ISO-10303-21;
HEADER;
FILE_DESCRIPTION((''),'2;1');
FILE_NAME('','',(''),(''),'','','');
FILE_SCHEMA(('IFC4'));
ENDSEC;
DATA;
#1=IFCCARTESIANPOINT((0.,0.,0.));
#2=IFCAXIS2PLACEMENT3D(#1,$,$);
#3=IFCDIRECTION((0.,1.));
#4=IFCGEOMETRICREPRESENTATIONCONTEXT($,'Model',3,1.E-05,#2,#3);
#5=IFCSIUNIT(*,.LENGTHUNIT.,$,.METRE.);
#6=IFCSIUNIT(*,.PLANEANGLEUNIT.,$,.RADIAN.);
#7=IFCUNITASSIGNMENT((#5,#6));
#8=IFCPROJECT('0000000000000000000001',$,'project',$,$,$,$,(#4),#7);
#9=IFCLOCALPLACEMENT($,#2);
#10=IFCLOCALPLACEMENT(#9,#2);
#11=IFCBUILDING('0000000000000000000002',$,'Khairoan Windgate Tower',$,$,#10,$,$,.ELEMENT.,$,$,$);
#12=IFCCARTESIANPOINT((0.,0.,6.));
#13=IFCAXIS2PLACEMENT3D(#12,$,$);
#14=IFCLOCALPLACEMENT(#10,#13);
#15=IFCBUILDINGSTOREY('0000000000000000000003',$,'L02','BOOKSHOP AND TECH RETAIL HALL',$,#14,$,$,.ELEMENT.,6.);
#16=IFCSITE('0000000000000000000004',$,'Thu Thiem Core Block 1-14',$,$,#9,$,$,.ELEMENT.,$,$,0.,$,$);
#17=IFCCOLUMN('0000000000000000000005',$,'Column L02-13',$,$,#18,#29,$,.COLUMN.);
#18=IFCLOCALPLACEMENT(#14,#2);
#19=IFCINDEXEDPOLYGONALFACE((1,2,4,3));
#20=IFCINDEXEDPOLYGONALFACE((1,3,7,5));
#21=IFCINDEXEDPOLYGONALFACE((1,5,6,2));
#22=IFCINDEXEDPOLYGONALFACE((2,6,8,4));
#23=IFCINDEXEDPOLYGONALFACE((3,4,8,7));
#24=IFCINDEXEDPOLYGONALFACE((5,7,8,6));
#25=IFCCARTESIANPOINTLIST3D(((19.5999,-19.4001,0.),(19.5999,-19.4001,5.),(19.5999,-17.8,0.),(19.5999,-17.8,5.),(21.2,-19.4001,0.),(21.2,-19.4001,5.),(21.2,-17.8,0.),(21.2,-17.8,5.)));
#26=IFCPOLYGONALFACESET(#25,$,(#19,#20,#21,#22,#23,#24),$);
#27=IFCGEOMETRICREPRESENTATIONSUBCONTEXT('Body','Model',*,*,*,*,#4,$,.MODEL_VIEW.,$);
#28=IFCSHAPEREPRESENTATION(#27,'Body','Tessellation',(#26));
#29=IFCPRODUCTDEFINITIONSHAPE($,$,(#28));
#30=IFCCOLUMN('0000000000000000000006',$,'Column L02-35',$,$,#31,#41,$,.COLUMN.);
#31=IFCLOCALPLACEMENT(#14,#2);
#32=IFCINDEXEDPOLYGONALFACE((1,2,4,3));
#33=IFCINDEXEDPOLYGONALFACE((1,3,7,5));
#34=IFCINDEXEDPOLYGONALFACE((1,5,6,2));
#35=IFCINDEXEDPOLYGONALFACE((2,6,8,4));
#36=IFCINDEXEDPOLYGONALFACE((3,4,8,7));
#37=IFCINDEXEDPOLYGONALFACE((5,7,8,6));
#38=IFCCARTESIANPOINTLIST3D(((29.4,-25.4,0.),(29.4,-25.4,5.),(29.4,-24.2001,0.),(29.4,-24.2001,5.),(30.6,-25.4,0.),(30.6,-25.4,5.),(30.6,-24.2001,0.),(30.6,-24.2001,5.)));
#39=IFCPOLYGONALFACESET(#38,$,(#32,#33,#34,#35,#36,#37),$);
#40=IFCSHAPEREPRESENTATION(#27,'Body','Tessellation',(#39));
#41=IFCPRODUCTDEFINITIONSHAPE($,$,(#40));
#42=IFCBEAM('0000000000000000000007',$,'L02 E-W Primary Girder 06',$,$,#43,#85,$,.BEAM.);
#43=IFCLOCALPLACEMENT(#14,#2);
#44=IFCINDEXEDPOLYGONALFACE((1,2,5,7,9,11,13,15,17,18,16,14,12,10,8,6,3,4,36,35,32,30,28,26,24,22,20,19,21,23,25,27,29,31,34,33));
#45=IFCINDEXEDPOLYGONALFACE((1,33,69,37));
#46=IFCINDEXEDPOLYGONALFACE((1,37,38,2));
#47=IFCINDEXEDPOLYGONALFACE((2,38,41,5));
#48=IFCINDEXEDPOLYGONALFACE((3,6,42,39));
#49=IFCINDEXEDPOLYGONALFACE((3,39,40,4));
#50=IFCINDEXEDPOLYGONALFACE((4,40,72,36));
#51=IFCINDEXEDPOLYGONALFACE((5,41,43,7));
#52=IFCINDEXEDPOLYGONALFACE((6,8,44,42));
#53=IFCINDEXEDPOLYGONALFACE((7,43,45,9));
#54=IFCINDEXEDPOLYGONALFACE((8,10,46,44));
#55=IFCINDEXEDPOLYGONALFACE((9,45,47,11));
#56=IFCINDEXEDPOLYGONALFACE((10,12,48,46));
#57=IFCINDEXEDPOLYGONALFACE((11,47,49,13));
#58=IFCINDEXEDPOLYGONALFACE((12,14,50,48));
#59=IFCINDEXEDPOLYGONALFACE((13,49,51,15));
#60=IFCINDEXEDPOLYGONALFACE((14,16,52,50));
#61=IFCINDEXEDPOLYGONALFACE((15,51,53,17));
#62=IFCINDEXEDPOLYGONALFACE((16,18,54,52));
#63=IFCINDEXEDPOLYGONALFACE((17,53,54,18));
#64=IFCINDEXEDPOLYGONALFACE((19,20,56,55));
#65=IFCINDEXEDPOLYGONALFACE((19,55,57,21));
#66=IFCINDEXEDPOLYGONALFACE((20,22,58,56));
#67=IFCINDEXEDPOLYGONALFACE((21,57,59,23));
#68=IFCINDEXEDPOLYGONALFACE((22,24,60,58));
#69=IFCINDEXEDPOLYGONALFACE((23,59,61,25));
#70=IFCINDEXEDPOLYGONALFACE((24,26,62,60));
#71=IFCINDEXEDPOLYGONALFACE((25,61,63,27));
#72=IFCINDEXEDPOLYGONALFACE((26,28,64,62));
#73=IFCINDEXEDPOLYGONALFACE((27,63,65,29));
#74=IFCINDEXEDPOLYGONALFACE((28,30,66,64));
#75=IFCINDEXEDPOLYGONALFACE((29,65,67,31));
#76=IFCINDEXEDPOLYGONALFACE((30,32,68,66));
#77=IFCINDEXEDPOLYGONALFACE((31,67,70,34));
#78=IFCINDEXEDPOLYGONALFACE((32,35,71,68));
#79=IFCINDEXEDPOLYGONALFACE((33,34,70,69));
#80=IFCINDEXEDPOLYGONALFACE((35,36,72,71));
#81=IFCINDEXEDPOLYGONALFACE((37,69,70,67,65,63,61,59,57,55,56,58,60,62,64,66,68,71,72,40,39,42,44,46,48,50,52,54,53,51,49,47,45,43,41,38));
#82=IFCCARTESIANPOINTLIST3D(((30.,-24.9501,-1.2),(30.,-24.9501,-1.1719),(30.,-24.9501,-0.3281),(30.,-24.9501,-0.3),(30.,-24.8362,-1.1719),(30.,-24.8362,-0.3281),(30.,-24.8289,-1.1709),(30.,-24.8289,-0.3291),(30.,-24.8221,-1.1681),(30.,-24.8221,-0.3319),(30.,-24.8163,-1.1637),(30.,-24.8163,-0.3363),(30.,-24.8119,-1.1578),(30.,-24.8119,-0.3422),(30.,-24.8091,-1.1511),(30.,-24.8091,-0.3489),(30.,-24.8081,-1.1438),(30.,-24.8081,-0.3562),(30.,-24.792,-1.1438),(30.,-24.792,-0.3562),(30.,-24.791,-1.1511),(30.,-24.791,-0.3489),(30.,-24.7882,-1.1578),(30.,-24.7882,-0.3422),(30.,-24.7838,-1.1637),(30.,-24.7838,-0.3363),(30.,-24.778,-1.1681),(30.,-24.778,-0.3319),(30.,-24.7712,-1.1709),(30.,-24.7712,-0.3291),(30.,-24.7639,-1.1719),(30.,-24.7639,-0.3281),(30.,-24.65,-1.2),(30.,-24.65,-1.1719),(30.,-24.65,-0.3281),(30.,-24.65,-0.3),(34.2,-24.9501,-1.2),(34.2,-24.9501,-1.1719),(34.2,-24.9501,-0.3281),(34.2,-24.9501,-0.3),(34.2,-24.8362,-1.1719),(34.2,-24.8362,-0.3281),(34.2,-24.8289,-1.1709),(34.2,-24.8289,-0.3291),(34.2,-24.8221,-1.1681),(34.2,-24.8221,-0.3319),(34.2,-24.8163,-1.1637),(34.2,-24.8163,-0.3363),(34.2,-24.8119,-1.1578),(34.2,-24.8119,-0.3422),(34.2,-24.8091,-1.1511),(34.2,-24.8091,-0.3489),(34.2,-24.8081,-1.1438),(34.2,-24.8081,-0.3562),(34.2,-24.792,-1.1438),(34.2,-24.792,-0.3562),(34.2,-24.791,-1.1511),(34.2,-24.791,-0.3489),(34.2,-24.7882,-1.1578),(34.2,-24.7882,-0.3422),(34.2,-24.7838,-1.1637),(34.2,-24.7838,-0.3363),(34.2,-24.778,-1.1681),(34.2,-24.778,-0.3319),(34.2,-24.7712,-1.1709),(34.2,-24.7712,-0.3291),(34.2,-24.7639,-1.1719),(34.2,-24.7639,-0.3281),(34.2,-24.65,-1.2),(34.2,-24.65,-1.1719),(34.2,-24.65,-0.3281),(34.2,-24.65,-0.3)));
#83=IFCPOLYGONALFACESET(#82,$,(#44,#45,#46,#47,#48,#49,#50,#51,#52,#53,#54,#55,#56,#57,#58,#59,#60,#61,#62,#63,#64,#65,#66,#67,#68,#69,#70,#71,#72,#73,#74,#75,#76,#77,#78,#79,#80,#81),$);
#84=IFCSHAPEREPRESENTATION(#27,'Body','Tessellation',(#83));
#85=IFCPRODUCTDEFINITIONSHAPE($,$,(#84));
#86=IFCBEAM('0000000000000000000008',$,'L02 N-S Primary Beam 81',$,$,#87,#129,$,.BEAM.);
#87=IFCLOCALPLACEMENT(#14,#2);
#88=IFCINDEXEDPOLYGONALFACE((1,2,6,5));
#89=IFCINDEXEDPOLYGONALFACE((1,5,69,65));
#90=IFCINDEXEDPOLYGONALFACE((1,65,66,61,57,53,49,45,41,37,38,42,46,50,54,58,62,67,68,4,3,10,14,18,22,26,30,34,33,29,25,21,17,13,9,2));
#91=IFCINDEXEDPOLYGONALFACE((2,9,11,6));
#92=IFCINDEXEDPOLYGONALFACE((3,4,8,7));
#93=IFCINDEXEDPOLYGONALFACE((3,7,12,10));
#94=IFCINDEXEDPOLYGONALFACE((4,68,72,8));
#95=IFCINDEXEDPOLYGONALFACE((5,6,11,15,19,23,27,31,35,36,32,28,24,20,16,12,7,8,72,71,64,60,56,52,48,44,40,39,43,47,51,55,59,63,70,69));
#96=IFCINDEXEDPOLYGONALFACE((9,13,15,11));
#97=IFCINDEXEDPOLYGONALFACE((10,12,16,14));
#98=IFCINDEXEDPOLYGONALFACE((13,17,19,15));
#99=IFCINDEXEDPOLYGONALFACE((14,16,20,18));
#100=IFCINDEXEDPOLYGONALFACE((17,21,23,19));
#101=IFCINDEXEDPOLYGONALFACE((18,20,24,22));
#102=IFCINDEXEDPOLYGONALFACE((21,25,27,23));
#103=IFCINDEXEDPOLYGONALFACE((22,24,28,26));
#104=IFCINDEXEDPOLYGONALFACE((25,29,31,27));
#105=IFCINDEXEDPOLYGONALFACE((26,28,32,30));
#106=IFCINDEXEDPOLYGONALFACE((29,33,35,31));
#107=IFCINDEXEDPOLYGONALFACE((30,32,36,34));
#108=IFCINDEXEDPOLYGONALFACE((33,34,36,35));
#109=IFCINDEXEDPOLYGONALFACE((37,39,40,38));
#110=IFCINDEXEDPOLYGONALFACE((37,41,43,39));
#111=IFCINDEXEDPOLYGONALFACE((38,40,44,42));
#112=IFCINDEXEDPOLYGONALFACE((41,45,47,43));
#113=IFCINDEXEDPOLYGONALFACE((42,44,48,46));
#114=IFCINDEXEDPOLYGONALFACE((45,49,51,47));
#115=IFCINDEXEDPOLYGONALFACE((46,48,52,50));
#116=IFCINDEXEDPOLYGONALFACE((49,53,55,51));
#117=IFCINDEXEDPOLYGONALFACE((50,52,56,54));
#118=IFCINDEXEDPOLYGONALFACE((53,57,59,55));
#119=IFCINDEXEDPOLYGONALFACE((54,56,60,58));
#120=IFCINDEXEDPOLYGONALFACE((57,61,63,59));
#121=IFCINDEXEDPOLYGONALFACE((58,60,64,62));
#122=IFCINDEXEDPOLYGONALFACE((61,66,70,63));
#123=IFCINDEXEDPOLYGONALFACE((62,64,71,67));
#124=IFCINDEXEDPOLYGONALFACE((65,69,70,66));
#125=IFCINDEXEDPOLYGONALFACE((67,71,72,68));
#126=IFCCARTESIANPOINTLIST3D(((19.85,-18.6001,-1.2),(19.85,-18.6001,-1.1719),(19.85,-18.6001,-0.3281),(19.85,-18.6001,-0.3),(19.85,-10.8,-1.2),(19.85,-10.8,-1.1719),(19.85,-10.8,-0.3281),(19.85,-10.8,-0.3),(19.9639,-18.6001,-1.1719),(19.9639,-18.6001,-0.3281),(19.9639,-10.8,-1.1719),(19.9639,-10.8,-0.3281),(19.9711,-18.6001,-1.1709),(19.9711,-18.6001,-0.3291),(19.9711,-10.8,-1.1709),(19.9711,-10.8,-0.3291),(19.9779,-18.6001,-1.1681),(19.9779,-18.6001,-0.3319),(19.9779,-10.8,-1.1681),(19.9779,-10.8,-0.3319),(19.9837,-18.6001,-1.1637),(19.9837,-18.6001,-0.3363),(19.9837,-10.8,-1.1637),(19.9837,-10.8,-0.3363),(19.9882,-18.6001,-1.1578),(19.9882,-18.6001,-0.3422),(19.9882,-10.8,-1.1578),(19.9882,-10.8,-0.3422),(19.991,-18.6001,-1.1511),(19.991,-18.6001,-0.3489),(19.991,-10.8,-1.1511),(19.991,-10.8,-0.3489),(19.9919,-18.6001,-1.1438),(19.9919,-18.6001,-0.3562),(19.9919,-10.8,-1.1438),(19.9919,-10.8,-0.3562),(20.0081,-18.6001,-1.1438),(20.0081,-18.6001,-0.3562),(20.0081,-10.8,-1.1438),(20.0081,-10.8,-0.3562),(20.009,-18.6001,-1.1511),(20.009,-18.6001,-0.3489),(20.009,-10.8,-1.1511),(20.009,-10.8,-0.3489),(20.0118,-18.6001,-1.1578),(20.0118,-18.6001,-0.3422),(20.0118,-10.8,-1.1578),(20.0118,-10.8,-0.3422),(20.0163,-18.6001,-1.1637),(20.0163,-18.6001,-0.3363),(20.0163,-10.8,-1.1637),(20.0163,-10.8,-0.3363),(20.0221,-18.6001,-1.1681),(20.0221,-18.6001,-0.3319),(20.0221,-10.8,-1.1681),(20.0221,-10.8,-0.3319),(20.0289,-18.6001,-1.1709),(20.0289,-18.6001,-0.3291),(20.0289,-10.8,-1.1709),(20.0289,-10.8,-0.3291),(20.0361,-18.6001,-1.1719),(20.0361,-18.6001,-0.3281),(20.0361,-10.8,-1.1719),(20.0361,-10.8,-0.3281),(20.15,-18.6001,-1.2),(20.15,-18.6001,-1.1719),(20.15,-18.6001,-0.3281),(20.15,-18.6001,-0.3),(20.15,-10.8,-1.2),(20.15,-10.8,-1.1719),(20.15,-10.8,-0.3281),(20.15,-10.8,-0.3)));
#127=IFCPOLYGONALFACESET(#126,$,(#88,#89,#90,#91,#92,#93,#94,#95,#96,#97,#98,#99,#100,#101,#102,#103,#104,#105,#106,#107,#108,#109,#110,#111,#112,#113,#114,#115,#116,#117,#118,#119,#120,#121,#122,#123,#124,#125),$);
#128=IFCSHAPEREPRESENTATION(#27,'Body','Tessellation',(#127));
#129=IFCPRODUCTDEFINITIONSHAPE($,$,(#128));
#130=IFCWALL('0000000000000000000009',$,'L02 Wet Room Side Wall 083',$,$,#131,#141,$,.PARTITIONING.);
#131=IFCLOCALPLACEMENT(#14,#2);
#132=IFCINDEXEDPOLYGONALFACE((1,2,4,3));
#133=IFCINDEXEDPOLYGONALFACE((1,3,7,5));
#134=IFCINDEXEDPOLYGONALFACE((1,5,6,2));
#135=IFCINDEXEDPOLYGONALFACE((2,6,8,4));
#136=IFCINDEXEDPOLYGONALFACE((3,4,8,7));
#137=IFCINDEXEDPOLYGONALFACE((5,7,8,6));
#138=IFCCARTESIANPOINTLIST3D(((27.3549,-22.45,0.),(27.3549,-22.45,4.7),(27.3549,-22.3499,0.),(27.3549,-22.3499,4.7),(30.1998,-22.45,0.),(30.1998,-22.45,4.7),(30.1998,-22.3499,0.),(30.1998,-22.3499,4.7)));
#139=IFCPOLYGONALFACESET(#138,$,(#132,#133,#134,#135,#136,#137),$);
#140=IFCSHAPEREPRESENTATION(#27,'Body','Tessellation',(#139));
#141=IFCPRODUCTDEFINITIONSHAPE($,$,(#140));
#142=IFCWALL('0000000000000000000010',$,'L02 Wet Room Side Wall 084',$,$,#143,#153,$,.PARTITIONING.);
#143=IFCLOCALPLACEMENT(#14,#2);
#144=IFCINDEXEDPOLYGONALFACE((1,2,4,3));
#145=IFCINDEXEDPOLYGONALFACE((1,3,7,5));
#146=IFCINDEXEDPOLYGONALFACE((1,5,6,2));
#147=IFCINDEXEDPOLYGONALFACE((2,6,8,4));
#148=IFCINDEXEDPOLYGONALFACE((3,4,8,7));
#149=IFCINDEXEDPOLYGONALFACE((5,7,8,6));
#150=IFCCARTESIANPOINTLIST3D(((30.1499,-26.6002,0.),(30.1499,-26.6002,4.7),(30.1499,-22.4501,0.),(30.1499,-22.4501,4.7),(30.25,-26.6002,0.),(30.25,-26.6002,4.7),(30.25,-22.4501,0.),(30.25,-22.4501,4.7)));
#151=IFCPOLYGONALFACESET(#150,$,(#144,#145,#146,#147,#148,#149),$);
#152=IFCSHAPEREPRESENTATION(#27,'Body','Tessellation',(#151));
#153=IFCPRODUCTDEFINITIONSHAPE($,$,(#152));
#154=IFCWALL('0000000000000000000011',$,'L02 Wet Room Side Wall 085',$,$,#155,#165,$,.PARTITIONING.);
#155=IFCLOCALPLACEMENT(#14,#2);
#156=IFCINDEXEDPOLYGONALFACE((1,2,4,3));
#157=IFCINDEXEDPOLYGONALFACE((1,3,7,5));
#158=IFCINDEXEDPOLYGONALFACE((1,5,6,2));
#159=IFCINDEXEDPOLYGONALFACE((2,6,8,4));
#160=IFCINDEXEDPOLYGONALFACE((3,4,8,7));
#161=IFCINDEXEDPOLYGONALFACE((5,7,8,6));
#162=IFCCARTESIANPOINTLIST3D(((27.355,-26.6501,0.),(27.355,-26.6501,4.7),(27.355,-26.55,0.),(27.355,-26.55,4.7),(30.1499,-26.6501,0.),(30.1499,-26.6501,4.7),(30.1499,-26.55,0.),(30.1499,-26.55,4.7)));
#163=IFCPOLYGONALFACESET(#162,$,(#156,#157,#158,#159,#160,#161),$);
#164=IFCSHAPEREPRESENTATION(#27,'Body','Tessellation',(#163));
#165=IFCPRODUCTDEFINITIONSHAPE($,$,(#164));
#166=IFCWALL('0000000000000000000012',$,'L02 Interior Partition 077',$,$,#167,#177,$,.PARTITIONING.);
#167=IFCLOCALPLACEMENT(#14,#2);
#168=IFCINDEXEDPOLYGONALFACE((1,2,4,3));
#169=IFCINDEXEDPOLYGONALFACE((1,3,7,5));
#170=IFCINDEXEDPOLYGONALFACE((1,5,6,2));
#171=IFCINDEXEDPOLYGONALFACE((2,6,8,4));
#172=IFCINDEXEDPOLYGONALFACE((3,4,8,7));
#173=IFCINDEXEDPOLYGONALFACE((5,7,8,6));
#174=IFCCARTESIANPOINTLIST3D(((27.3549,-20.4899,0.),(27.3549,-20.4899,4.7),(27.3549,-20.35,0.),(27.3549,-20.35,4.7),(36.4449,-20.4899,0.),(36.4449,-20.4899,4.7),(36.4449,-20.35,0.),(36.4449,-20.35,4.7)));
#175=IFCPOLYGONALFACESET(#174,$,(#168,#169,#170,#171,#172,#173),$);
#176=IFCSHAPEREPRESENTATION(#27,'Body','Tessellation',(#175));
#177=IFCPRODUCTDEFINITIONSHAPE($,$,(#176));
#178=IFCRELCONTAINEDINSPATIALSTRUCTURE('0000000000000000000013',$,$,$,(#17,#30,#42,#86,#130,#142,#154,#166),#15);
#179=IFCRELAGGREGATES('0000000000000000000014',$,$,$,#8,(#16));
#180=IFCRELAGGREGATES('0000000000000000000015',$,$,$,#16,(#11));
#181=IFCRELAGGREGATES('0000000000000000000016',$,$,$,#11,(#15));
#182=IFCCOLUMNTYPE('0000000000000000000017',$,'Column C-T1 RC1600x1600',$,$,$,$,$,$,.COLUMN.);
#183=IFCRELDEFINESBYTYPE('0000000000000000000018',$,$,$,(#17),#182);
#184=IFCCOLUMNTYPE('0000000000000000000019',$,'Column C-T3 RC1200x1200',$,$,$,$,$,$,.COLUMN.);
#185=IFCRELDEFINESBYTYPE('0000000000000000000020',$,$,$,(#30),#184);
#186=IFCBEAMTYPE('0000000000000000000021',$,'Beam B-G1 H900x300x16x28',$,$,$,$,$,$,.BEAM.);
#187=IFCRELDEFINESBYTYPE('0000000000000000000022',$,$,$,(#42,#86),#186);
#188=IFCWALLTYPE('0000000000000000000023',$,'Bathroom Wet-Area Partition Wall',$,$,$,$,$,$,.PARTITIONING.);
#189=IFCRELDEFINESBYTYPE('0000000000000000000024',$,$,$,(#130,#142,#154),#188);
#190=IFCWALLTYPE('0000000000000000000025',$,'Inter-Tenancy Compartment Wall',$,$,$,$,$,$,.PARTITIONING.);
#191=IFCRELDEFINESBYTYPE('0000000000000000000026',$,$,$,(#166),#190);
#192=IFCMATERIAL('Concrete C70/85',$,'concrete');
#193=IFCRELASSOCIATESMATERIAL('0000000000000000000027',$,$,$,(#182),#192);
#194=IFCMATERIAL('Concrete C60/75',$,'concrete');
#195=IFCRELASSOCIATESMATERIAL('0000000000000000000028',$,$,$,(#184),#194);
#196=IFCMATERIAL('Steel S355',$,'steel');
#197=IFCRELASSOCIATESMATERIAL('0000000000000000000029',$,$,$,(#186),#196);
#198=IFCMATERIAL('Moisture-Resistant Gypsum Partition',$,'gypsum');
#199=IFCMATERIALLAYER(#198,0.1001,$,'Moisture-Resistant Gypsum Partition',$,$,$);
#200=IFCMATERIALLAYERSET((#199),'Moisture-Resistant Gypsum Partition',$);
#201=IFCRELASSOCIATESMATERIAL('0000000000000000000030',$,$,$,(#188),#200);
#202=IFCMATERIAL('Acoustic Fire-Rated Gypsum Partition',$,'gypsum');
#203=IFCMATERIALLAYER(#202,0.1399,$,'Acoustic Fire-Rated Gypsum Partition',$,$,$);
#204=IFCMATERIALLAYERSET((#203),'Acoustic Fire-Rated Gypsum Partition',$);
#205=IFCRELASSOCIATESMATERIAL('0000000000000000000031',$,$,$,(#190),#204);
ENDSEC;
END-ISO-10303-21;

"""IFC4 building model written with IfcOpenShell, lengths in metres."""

from ifc_helpers import new_model, si_unit, direction, frame, frame_2d, origin, origin_2d, place, context, subcontext, project, spatial, rectangle, i_section, extrude, material, layer, layer_set, material_profile, profile_set, type_object, element, save


model = new_model("IFC4")

# Units and contexts
model_context = context("Model", 3, precision=1e-05, world=origin(), true_north=direction((0.0, 1.0)))
body_context = subcontext(model_context, "Body", "Model", "MODEL_VIEW")
ifc_project = project(units=[si_unit("LENGTHUNIT", "METRE"), si_unit("PLANEANGLEUNIT", "RADIAN")], contexts=[model_context])

# Site, building, storey
site_placement = place(None, origin())
site = spatial("IfcSite", under=ifc_project, at=site_placement, Name="Thu Thiem Core Block 1-14", CompositionType="ELEMENT", RefElevation=0.0)
building_placement = place(site_placement, origin())
building = spatial("IfcBuilding", under=site, at=building_placement, Name="Khairoan Windgate Tower", CompositionType="ELEMENT")
storey_placement = place(building_placement, frame((0.0, 0.0, 6.0)))
storey = spatial("IfcBuildingStorey", under=building, at=storey_placement, Name="L02", Description="BOOKSHOP AND TECH RETAIL HALL", CompositionType="ELEMENT", Elevation=6.0)

# Columns
ifc_material_1 = material(Name="Concrete C70/85", Category="concrete")
ifc_material_profile_1 = material_profile(ifc_material_1, rectangle(XDim=1.6001, YDim=1.6001, at=origin_2d()))
ifc_profile_set_1 = profile_set([ifc_material_profile_1], Name="Concrete C70/85")
column_type_1 = type_object("IfcColumnType", Name="Column C-T1 RC1600x1600", PredefinedType="COLUMN", material=ifc_profile_set_1)
column_1_placement = place(storey_placement, frame((20.3999, -18.6001, 0.0), z_axis=(0.0, 0.0, 1.0), x_axis=(1.0, 0.0, 0.0)))
element("IfcColumn", 1, at=column_1_placement, inside=storey, type_object=column_type_1, Name="Column L02-13", PredefinedType="COLUMN", context=body_context, shape_type="SweptSolid", body=[
    extrude(rectangle(XDim=1.6001, YDim=1.6001, at=origin_2d()), origin(), (0.0, 0.0, 1.0), 5.0),
])
ifc_material_2 = material(Name="Concrete C60/75", Category="concrete")
ifc_material_profile_2 = material_profile(ifc_material_2, rectangle(XDim=1.2, YDim=1.2, at=origin_2d()))
ifc_profile_set_2 = profile_set([ifc_material_profile_2], Name="Concrete C60/75")
column_type_2 = type_object("IfcColumnType", Name="Column C-T3 RC1200x1200", PredefinedType="COLUMN", material=ifc_profile_set_2)
column_2_placement = place(storey_placement, frame((30.0, -24.8, 0.0), z_axis=(0.0, 0.0, 1.0), x_axis=(1.0, 0.0, 0.0)))
element("IfcColumn", 2, at=column_2_placement, inside=storey, type_object=column_type_2, Name="Column L02-35", PredefinedType="COLUMN", context=body_context, shape_type="SweptSolid", body=[
    extrude(rectangle(XDim=1.2, YDim=1.2, at=origin_2d()), origin(), (0.0, 0.0, 1.0), 5.0),
])

# Beams
ifc_material_3 = material(Name="Steel S355", Category="steel")
ifc_material_profile_3 = material_profile(ifc_material_3, i_section(OverallWidth=0.3, OverallDepth=0.8999, WebThickness=0.0161, FlangeThickness=0.0281, FilletRadius=0.0281, at=origin_2d()))
ifc_profile_set_3 = profile_set([ifc_material_profile_3], Name="Steel S355")
beam_type = type_object("IfcBeamType", Name="Beam B-G1 H900x300x16x28", PredefinedType="BEAM", material=ifc_profile_set_3)
beam_1_placement = place(storey_placement, frame((30.0, -24.8, -0.75), z_axis=(1.0, 0.0, 0.0), x_axis=(0.0, 1.0, 0.0)))
element("IfcBeam", 3, at=beam_1_placement, inside=storey, type_object=beam_type, Name="L02 E-W Primary Girder 06", PredefinedType="BEAM", context=body_context, shape_type="SweptSolid", body=[
    extrude(i_section(OverallWidth=0.3, OverallDepth=0.8999, WebThickness=0.0161, FlangeThickness=0.0281, FilletRadius=0.0281, at=origin_2d()), origin(), (0.0, 0.0, 1.0), 4.2),
])
beam_2_placement = place(storey_placement, frame((20.0, -18.6001, -0.75), z_axis=(0.0, 1.0, 0.0), x_axis=(-1.0, 0.0, 0.0)))
element("IfcBeam", 4, at=beam_2_placement, inside=storey, type_object=beam_type, Name="L02 N-S Primary Beam 81", PredefinedType="BEAM", context=body_context, shape_type="SweptSolid", body=[
    extrude(i_section(OverallWidth=0.3, OverallDepth=0.8999, WebThickness=0.0161, FlangeThickness=0.0281, FilletRadius=0.0281, at=origin_2d()), origin(), (0.0, 0.0, 1.0), 7.8),
])

# Walls
ifc_material_4 = material(Name="Moisture-Resistant Gypsum Partition", Category="gypsum")
ifc_layer_1 = layer(ifc_material_4, 0.1001, Name="Moisture-Resistant Gypsum Partition")
ifc_layer_set_1 = layer_set([ifc_layer_1], Name="Moisture-Resistant Gypsum Partition")
wall_type_1 = type_object("IfcWallType", Name="Bathroom Wet-Area Partition Wall", PredefinedType="PARTITIONING", material=ifc_layer_set_1)
wall_1_placement = place(storey_placement, frame((27.355, -22.3999, 0.0), z_axis=(0.0, 0.0, 1.0), x_axis=(1.0, 0.0, 0.0)))
element("IfcWall", 5, at=wall_1_placement, inside=storey, type_object=wall_type_1, Name="L02 Wet Room Side Wall 083", PredefinedType="PARTITIONING", context=body_context, shape_type="SweptSolid", body=[
    extrude(rectangle(XDim=2.845, YDim=0.1001, at=frame_2d((1.4224, 0.0))), origin(), (0.0, 0.0, 1.0), 4.7),
])
wall_2_placement = place(storey_placement, frame((30.2, -22.45, 0.0), z_axis=(0.0, 0.0, 1.0), x_axis=(0.0, -1.0, 0.0)))
element("IfcWall", 6, at=wall_2_placement, inside=storey, type_object=wall_type_1, Name="L02 Wet Room Side Wall 084", PredefinedType="PARTITIONING", context=body_context, shape_type="SweptSolid", body=[
    extrude(rectangle(XDim=4.1501, YDim=0.1001, at=frame_2d((2.0752, 0.0))), origin(), (0.0, 0.0, 1.0), 4.7),
])
wall_3_placement = place(storey_placement, frame((30.1499, -26.6001, 0.0), z_axis=(0.0, 0.0, 1.0), x_axis=(-1.0, 0.0, 0.0)))
element("IfcWall", 7, at=wall_3_placement, inside=storey, type_object=wall_type_1, Name="L02 Wet Room Side Wall 085", PredefinedType="PARTITIONING", context=body_context, shape_type="SweptSolid", body=[
    extrude(rectangle(XDim=2.7949, YDim=0.1001, at=frame_2d((1.3975, 0.0))), origin(), (0.0, 0.0, 1.0), 4.7),
])
ifc_material_5 = material(Name="Acoustic Fire-Rated Gypsum Partition", Category="gypsum")
ifc_layer_2 = layer(ifc_material_5, 0.1399, Name="Acoustic Fire-Rated Gypsum Partition")
ifc_layer_set_2 = layer_set([ifc_layer_2], Name="Acoustic Fire-Rated Gypsum Partition")
wall_type_2 = type_object("IfcWallType", Name="Inter-Tenancy Compartment Wall", PredefinedType="PARTITIONING", material=ifc_layer_set_2)
wall_4_placement = place(storey_placement, frame((27.355, -20.4199, 0.0), z_axis=(0.0, 0.0, 1.0), x_axis=(1.0, 0.0, 0.0)))
element("IfcWall", 8, at=wall_4_placement, inside=storey, type_object=wall_type_2, Name="L02 Interior Partition 077", PredefinedType="PARTITIONING", context=body_context, shape_type="SweptSolid", body=[
    extrude(rectangle(XDim=9.0901, YDim=0.1399, at=frame_2d((4.5449, 0.0))), origin(), (0.0, 0.0, 1.0), 4.7),
])

save(model, "model.ifc")
